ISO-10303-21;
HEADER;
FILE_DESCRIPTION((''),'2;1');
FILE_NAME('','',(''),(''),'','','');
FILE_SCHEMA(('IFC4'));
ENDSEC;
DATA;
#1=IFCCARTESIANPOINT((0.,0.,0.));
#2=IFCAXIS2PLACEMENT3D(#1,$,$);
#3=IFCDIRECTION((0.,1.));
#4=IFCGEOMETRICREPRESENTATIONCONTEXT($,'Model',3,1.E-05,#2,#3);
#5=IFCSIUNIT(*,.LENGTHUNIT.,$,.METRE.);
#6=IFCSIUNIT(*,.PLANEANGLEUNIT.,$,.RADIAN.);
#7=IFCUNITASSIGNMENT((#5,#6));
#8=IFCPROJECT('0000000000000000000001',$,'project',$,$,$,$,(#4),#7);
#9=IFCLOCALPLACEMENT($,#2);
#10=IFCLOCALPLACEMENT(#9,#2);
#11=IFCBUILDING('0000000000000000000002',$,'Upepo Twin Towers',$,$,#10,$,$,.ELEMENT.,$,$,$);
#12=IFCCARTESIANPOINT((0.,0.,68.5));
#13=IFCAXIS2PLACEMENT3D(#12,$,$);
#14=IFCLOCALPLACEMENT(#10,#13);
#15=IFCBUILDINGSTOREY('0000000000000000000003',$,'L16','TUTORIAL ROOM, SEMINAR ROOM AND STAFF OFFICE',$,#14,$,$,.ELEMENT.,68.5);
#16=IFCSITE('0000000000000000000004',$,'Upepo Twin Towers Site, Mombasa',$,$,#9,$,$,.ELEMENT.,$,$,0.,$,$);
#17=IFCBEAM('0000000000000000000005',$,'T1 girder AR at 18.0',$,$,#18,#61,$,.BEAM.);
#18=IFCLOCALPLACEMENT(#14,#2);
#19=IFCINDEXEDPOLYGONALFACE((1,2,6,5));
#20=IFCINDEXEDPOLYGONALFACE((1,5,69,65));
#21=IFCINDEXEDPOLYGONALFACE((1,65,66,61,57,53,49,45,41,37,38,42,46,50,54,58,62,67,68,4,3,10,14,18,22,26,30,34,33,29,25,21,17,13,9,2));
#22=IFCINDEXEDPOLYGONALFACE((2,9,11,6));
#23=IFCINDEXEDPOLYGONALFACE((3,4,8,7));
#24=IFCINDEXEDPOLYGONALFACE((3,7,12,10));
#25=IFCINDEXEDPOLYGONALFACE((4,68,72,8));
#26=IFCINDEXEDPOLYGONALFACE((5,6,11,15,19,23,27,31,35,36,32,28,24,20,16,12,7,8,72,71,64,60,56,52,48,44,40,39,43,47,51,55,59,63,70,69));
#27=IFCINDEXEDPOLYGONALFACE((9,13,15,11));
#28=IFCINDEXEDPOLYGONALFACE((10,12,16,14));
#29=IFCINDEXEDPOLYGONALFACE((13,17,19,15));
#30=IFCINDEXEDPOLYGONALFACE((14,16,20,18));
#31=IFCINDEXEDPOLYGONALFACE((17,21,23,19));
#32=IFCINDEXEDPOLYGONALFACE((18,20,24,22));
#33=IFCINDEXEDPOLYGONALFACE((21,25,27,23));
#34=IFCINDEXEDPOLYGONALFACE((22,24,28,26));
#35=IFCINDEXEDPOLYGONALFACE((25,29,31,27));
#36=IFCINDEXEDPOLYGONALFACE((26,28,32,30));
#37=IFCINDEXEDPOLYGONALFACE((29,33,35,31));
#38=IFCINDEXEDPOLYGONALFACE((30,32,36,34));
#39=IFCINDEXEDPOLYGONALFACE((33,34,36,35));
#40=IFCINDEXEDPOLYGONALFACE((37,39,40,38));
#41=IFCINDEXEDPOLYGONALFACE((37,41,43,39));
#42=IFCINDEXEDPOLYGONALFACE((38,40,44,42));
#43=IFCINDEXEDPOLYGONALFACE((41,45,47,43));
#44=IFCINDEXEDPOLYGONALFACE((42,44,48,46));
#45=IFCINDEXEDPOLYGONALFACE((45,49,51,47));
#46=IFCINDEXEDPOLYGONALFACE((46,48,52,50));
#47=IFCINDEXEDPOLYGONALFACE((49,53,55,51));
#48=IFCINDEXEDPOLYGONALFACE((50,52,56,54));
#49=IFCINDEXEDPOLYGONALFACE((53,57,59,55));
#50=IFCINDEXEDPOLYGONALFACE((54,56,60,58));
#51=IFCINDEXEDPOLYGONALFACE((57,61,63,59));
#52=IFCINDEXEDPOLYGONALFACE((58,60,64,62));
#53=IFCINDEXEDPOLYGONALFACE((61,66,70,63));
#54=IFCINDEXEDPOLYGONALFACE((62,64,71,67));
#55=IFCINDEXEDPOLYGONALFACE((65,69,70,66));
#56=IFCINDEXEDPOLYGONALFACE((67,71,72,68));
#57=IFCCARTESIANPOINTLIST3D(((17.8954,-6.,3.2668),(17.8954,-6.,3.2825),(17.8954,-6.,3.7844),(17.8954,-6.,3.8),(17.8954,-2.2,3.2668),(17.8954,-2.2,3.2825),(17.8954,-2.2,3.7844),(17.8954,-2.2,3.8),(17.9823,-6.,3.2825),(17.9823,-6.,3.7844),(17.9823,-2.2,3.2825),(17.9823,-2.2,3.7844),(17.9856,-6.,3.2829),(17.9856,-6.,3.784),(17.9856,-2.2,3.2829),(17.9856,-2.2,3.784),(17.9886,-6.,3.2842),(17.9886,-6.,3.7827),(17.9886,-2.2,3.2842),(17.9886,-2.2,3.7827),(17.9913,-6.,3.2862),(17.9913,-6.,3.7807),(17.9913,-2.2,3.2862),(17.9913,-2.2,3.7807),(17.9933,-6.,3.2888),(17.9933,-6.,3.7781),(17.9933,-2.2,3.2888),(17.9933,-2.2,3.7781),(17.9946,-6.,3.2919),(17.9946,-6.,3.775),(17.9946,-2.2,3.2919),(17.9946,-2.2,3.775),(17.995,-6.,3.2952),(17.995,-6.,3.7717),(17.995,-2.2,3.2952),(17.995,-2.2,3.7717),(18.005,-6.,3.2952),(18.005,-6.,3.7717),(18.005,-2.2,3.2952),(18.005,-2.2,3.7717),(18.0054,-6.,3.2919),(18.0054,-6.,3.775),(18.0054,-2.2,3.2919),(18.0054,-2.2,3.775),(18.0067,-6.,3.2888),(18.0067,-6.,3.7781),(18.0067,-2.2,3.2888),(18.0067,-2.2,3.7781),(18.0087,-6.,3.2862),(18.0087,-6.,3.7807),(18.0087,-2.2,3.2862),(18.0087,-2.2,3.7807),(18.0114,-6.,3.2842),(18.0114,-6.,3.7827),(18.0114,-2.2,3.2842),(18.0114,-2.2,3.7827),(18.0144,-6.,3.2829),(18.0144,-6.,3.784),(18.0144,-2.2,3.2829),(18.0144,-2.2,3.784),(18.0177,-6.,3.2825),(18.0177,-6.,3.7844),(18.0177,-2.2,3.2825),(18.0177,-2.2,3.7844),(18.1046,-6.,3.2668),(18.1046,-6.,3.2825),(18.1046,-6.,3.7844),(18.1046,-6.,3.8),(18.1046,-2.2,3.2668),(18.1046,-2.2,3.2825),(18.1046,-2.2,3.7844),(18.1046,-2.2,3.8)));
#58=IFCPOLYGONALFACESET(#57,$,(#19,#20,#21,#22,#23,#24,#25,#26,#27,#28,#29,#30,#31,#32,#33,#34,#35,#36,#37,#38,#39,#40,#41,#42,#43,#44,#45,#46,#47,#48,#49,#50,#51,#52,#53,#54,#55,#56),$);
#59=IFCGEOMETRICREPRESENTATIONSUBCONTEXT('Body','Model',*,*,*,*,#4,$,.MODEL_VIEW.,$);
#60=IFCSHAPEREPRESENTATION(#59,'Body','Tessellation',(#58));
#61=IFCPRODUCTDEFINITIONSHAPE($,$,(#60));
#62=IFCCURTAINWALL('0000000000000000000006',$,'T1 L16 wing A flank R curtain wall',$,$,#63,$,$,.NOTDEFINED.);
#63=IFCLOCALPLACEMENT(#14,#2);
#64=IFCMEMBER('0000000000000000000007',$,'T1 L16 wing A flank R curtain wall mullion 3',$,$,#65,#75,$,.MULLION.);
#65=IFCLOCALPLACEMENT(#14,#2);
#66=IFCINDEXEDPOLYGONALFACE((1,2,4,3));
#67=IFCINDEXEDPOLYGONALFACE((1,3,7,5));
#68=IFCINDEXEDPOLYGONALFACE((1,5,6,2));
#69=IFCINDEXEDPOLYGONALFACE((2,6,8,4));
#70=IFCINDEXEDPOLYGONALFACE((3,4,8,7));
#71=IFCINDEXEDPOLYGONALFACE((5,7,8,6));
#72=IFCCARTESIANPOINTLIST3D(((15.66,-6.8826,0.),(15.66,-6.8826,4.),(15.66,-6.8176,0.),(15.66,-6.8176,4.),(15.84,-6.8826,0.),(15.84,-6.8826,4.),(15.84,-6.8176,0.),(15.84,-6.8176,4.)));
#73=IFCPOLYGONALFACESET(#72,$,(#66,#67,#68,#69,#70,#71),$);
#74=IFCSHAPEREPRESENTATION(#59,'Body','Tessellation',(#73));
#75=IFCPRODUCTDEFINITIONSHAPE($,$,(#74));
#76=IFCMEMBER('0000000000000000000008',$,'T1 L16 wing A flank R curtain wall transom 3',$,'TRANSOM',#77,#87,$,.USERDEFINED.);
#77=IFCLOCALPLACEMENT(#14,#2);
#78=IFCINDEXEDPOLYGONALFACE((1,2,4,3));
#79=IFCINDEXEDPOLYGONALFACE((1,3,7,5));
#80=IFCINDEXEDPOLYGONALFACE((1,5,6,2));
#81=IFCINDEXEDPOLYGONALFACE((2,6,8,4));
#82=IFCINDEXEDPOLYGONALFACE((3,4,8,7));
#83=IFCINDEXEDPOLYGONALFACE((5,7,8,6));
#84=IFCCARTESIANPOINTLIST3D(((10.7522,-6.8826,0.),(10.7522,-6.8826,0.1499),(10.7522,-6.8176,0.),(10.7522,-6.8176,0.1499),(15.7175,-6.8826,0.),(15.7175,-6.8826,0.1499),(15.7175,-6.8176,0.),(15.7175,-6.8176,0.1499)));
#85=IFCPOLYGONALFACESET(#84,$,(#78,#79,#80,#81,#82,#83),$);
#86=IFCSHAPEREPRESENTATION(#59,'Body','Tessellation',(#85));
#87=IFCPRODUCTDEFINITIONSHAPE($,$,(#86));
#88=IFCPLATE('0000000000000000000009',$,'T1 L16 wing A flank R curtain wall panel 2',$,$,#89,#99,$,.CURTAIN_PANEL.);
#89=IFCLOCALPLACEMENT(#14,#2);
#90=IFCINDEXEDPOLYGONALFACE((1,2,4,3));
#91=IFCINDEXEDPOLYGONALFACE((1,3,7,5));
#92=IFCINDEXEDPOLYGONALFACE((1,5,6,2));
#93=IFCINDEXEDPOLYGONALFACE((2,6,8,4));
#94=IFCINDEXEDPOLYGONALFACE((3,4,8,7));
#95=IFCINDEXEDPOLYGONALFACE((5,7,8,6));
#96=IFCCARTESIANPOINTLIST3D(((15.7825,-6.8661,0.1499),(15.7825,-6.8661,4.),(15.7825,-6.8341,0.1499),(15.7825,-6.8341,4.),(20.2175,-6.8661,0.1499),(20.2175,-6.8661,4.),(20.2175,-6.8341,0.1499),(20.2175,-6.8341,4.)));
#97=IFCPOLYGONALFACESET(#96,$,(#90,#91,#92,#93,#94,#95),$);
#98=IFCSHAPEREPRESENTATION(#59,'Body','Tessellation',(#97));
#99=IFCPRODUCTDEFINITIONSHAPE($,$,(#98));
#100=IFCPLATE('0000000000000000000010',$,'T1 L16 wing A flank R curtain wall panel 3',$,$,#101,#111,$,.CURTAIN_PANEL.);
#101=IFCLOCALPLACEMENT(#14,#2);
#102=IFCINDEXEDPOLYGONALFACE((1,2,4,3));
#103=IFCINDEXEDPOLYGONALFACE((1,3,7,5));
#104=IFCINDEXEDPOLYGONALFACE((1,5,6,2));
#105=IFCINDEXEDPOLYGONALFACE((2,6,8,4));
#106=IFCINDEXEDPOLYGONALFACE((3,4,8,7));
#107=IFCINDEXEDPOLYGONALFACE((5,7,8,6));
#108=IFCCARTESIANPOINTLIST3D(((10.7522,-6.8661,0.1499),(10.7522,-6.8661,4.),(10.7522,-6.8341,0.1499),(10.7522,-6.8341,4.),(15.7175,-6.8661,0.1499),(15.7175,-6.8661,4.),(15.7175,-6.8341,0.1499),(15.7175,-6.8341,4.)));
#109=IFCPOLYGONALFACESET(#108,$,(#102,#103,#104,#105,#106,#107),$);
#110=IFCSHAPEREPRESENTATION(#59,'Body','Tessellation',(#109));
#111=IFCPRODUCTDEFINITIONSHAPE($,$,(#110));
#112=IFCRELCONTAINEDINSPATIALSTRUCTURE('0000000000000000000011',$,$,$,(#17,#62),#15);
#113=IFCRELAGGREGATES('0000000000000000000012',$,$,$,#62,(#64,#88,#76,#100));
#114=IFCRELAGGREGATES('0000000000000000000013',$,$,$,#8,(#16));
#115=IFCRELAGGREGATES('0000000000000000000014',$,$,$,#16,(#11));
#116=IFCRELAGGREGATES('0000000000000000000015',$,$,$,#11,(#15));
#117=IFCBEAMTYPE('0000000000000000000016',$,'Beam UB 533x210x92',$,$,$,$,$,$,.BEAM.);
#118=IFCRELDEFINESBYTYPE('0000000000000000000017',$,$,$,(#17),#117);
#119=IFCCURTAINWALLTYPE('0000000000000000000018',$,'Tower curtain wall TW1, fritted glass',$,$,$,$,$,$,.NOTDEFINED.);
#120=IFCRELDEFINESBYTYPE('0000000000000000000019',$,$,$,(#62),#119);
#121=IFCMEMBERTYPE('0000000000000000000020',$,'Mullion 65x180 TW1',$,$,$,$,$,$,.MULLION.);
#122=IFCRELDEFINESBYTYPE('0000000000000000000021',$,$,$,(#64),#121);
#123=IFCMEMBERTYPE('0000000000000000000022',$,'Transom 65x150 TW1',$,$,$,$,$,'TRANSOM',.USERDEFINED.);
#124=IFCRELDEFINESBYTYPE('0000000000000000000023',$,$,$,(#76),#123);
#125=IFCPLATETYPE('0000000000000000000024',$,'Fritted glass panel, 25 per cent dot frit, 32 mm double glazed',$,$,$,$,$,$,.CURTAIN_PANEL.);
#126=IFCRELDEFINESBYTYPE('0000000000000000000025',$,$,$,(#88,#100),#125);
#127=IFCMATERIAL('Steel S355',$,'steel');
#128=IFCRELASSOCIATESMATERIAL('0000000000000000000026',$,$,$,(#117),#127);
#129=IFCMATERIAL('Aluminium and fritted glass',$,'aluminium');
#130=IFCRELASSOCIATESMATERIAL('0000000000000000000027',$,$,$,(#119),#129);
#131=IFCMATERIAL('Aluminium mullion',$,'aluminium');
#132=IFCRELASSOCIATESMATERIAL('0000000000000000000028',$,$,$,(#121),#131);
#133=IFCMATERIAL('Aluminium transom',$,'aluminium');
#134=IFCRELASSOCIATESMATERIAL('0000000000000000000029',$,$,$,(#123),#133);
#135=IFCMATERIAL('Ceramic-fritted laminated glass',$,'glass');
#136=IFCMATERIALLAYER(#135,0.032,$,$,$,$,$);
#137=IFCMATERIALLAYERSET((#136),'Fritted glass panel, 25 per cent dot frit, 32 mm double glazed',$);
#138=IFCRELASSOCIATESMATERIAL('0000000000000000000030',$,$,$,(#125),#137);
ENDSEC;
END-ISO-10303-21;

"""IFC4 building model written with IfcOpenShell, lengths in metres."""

from ifc_helpers import new_model, si_unit, direction, frame, origin, origin_2d, place, context, subcontext, project, spatial, rectangle, i_section, extrude, material, layer, layer_set, material_profile, profile_set, type_object, element, aggregate, save


model = new_model("IFC4")

# Units and contexts
model_context = context("Model", 3, precision=1e-05, world=origin(), true_north=direction((0.0, 1.0)))
body_context = subcontext(model_context, "Body", "Model", "MODEL_VIEW")
ifc_project = project(units=[si_unit("LENGTHUNIT", "METRE"), si_unit("PLANEANGLEUNIT", "RADIAN")], contexts=[model_context])

# Site, building, storey
site_placement = place(None, origin())
site = spatial("IfcSite", under=ifc_project, at=site_placement, Name="Upepo Twin Towers Site, Mombasa", CompositionType="ELEMENT", RefElevation=0.0)
building_placement = place(site_placement, origin())
building = spatial("IfcBuilding", under=site, at=building_placement, Name="Upepo Twin Towers", CompositionType="ELEMENT")
storey_placement = place(building_placement, frame((0.0, 0.0, 68.5)))
storey = spatial("IfcBuildingStorey", under=building, at=storey_placement, Name="L16", Description="TUTORIAL ROOM, SEMINAR ROOM AND STAFF OFFICE", CompositionType="ELEMENT", Elevation=68.5)

# Beam
ifc_material_1 = material(Name="Steel S355", Category="steel")
ifc_material_profile_1 = material_profile(ifc_material_1, i_section(OverallWidth=0.2092, OverallDepth=0.5332, WebThickness=0.01, FlangeThickness=0.0156, FilletRadius=0.0127, at=origin_2d()), Name="UB 533x210x92")
ifc_profile_set_1 = profile_set([ifc_material_profile_1], Name="Steel S355")
beam_type_1 = type_object("IfcBeamType", Name="Beam UB 533x210x92", PredefinedType="BEAM", material=ifc_profile_set_1)
for number, where, z_axis, x_axis, name in (
    (1, (18.0, -6.0, 3.5334), (0.0, 1.0, 0.0), (-1.0, 0.0, 0.0), "T1 girder AR at 18.0"),
):
    element("IfcBeam", number, at=place(storey_placement, frame(where, z_axis=z_axis, x_axis=x_axis)), inside=storey, type_object=beam_type_1, Name=name, PredefinedType="BEAM", context=body_context, shape_type="SweptSolid", body=[
        extrude(i_section(OverallWidth=0.2092, OverallDepth=0.5332, WebThickness=0.01, FlangeThickness=0.0156, FilletRadius=0.0127, at=origin_2d()), origin(), (0.0, 0.0, 1.0), 3.8),
    ])

# Curtain wall, members, plates
ifc_material_2 = material(Name="Aluminium and fritted glass", Category="aluminium")
curtain_wall_type = type_object("IfcCurtainWallType", Name="Tower curtain wall TW1, fritted glass", PredefinedType="NOTDEFINED", material=ifc_material_2)
curtain_wall_placement = place(storey_placement, origin())
curtain_wall = element("IfcCurtainWall", 2, at=curtain_wall_placement, inside=storey, type_object=curtain_wall_type, Name="T1 L16 wing A flank R curtain wall", PredefinedType="NOTDEFINED")
ifc_material_3 = material(Name="Aluminium mullion", Category="aluminium")
ifc_material_profile_2 = material_profile(ifc_material_3, rectangle(XDim=0.0649, YDim=0.1799, at=origin_2d()), Name="MULLION 65x180")
ifc_profile_set_2 = profile_set([ifc_material_profile_2], Name="Aluminium mullion")
member_type_1 = type_object("IfcMemberType", Name="Mullion 65x180 TW1", PredefinedType="MULLION", material=ifc_profile_set_2)
member_1_placement = place(storey_placement, frame((15.75, -6.8501, 0.0), z_axis=(0.0, 0.0, 1.0), x_axis=(0.0, -1.0, 0.0)))
member_1 = element("IfcMember", 3, at=member_1_placement, type_object=member_type_1, Name="T1 L16 wing A flank R curtain wall mullion 3", PredefinedType="MULLION", context=body_context, shape_type="SweptSolid", body=[
    extrude(rectangle(XDim=0.0649, YDim=0.1799, at=origin_2d()), origin(), (0.0, 0.0, 1.0), 4.0),
])
ifc_material_4 = material(Name="Aluminium transom", Category="aluminium")
ifc_material_profile_3 = material_profile(ifc_material_4, rectangle(XDim=0.0649, YDim=0.1499, at=origin_2d()), Name="TRANSOM 65x150")
ifc_profile_set_3 = profile_set([ifc_material_profile_3], Name="Aluminium transom")
member_type_2 = type_object("IfcMemberType", Name="Transom 65x150 TW1", ElementType="TRANSOM", PredefinedType="USERDEFINED", material=ifc_profile_set_3)
member_2_placement = place(storey_placement, frame((15.7175, -6.8501, 0.075), z_axis=(-1.0, 0.0, 0.0), x_axis=(0.0, -1.0, 0.0)))
member_2 = element("IfcMember", 4, at=member_2_placement, type_object=member_type_2, Name="T1 L16 wing A flank R curtain wall transom 3", ObjectType="TRANSOM", PredefinedType="USERDEFINED", context=body_context, shape_type="SweptSolid", body=[
    extrude(rectangle(XDim=0.0649, YDim=0.1499, at=origin_2d()), origin(), (0.0, 0.0, 1.0), 4.9653),
])
ifc_material_5 = material(Name="Ceramic-fritted laminated glass", Category="glass")
ifc_layer_1 = layer(ifc_material_5, 0.032)
ifc_layer_set_1 = layer_set([ifc_layer_1], Name="Fritted glass panel, 25 per cent dot frit, 32 mm double glazed")
plate_type = type_object("IfcPlateType", Name="Fritted glass panel, 25 per cent dot frit, 32 mm double glazed", PredefinedType="CURTAIN_PANEL", material=ifc_layer_set_1)
plate_1_placement = place(storey_placement, frame((18.0, -6.8501, 0.1499), z_axis=(0.0, 0.0, 1.0), x_axis=(-1.0, 0.0, 0.0)))
plate_1 = element("IfcPlate", 5, at=plate_1_placement, type_object=plate_type, Name="T1 L16 wing A flank R curtain wall panel 2", PredefinedType="CURTAIN_PANEL", context=body_context, shape_type="SweptSolid", body=[
    extrude(rectangle(XDim=4.4351, YDim=0.032, at=origin_2d()), origin(), (0.0, 0.0, 1.0), 3.8501),
])
plate_2_placement = place(storey_placement, frame((13.2349, -6.8501, 0.1499), z_axis=(0.0, 0.0, 1.0), x_axis=(-1.0, 0.0, 0.0)))
plate_2 = element("IfcPlate", 6, at=plate_2_placement, type_object=plate_type, Name="T1 L16 wing A flank R curtain wall panel 3", PredefinedType="CURTAIN_PANEL", context=body_context, shape_type="SweptSolid", body=[
    extrude(rectangle(XDim=4.9653, YDim=0.032, at=origin_2d()), origin(), (0.0, 0.0, 1.0), 3.8501),
])
aggregate(curtain_wall, [member_1, plate_1, member_2, plate_2])

save(model, "model.ifc")
